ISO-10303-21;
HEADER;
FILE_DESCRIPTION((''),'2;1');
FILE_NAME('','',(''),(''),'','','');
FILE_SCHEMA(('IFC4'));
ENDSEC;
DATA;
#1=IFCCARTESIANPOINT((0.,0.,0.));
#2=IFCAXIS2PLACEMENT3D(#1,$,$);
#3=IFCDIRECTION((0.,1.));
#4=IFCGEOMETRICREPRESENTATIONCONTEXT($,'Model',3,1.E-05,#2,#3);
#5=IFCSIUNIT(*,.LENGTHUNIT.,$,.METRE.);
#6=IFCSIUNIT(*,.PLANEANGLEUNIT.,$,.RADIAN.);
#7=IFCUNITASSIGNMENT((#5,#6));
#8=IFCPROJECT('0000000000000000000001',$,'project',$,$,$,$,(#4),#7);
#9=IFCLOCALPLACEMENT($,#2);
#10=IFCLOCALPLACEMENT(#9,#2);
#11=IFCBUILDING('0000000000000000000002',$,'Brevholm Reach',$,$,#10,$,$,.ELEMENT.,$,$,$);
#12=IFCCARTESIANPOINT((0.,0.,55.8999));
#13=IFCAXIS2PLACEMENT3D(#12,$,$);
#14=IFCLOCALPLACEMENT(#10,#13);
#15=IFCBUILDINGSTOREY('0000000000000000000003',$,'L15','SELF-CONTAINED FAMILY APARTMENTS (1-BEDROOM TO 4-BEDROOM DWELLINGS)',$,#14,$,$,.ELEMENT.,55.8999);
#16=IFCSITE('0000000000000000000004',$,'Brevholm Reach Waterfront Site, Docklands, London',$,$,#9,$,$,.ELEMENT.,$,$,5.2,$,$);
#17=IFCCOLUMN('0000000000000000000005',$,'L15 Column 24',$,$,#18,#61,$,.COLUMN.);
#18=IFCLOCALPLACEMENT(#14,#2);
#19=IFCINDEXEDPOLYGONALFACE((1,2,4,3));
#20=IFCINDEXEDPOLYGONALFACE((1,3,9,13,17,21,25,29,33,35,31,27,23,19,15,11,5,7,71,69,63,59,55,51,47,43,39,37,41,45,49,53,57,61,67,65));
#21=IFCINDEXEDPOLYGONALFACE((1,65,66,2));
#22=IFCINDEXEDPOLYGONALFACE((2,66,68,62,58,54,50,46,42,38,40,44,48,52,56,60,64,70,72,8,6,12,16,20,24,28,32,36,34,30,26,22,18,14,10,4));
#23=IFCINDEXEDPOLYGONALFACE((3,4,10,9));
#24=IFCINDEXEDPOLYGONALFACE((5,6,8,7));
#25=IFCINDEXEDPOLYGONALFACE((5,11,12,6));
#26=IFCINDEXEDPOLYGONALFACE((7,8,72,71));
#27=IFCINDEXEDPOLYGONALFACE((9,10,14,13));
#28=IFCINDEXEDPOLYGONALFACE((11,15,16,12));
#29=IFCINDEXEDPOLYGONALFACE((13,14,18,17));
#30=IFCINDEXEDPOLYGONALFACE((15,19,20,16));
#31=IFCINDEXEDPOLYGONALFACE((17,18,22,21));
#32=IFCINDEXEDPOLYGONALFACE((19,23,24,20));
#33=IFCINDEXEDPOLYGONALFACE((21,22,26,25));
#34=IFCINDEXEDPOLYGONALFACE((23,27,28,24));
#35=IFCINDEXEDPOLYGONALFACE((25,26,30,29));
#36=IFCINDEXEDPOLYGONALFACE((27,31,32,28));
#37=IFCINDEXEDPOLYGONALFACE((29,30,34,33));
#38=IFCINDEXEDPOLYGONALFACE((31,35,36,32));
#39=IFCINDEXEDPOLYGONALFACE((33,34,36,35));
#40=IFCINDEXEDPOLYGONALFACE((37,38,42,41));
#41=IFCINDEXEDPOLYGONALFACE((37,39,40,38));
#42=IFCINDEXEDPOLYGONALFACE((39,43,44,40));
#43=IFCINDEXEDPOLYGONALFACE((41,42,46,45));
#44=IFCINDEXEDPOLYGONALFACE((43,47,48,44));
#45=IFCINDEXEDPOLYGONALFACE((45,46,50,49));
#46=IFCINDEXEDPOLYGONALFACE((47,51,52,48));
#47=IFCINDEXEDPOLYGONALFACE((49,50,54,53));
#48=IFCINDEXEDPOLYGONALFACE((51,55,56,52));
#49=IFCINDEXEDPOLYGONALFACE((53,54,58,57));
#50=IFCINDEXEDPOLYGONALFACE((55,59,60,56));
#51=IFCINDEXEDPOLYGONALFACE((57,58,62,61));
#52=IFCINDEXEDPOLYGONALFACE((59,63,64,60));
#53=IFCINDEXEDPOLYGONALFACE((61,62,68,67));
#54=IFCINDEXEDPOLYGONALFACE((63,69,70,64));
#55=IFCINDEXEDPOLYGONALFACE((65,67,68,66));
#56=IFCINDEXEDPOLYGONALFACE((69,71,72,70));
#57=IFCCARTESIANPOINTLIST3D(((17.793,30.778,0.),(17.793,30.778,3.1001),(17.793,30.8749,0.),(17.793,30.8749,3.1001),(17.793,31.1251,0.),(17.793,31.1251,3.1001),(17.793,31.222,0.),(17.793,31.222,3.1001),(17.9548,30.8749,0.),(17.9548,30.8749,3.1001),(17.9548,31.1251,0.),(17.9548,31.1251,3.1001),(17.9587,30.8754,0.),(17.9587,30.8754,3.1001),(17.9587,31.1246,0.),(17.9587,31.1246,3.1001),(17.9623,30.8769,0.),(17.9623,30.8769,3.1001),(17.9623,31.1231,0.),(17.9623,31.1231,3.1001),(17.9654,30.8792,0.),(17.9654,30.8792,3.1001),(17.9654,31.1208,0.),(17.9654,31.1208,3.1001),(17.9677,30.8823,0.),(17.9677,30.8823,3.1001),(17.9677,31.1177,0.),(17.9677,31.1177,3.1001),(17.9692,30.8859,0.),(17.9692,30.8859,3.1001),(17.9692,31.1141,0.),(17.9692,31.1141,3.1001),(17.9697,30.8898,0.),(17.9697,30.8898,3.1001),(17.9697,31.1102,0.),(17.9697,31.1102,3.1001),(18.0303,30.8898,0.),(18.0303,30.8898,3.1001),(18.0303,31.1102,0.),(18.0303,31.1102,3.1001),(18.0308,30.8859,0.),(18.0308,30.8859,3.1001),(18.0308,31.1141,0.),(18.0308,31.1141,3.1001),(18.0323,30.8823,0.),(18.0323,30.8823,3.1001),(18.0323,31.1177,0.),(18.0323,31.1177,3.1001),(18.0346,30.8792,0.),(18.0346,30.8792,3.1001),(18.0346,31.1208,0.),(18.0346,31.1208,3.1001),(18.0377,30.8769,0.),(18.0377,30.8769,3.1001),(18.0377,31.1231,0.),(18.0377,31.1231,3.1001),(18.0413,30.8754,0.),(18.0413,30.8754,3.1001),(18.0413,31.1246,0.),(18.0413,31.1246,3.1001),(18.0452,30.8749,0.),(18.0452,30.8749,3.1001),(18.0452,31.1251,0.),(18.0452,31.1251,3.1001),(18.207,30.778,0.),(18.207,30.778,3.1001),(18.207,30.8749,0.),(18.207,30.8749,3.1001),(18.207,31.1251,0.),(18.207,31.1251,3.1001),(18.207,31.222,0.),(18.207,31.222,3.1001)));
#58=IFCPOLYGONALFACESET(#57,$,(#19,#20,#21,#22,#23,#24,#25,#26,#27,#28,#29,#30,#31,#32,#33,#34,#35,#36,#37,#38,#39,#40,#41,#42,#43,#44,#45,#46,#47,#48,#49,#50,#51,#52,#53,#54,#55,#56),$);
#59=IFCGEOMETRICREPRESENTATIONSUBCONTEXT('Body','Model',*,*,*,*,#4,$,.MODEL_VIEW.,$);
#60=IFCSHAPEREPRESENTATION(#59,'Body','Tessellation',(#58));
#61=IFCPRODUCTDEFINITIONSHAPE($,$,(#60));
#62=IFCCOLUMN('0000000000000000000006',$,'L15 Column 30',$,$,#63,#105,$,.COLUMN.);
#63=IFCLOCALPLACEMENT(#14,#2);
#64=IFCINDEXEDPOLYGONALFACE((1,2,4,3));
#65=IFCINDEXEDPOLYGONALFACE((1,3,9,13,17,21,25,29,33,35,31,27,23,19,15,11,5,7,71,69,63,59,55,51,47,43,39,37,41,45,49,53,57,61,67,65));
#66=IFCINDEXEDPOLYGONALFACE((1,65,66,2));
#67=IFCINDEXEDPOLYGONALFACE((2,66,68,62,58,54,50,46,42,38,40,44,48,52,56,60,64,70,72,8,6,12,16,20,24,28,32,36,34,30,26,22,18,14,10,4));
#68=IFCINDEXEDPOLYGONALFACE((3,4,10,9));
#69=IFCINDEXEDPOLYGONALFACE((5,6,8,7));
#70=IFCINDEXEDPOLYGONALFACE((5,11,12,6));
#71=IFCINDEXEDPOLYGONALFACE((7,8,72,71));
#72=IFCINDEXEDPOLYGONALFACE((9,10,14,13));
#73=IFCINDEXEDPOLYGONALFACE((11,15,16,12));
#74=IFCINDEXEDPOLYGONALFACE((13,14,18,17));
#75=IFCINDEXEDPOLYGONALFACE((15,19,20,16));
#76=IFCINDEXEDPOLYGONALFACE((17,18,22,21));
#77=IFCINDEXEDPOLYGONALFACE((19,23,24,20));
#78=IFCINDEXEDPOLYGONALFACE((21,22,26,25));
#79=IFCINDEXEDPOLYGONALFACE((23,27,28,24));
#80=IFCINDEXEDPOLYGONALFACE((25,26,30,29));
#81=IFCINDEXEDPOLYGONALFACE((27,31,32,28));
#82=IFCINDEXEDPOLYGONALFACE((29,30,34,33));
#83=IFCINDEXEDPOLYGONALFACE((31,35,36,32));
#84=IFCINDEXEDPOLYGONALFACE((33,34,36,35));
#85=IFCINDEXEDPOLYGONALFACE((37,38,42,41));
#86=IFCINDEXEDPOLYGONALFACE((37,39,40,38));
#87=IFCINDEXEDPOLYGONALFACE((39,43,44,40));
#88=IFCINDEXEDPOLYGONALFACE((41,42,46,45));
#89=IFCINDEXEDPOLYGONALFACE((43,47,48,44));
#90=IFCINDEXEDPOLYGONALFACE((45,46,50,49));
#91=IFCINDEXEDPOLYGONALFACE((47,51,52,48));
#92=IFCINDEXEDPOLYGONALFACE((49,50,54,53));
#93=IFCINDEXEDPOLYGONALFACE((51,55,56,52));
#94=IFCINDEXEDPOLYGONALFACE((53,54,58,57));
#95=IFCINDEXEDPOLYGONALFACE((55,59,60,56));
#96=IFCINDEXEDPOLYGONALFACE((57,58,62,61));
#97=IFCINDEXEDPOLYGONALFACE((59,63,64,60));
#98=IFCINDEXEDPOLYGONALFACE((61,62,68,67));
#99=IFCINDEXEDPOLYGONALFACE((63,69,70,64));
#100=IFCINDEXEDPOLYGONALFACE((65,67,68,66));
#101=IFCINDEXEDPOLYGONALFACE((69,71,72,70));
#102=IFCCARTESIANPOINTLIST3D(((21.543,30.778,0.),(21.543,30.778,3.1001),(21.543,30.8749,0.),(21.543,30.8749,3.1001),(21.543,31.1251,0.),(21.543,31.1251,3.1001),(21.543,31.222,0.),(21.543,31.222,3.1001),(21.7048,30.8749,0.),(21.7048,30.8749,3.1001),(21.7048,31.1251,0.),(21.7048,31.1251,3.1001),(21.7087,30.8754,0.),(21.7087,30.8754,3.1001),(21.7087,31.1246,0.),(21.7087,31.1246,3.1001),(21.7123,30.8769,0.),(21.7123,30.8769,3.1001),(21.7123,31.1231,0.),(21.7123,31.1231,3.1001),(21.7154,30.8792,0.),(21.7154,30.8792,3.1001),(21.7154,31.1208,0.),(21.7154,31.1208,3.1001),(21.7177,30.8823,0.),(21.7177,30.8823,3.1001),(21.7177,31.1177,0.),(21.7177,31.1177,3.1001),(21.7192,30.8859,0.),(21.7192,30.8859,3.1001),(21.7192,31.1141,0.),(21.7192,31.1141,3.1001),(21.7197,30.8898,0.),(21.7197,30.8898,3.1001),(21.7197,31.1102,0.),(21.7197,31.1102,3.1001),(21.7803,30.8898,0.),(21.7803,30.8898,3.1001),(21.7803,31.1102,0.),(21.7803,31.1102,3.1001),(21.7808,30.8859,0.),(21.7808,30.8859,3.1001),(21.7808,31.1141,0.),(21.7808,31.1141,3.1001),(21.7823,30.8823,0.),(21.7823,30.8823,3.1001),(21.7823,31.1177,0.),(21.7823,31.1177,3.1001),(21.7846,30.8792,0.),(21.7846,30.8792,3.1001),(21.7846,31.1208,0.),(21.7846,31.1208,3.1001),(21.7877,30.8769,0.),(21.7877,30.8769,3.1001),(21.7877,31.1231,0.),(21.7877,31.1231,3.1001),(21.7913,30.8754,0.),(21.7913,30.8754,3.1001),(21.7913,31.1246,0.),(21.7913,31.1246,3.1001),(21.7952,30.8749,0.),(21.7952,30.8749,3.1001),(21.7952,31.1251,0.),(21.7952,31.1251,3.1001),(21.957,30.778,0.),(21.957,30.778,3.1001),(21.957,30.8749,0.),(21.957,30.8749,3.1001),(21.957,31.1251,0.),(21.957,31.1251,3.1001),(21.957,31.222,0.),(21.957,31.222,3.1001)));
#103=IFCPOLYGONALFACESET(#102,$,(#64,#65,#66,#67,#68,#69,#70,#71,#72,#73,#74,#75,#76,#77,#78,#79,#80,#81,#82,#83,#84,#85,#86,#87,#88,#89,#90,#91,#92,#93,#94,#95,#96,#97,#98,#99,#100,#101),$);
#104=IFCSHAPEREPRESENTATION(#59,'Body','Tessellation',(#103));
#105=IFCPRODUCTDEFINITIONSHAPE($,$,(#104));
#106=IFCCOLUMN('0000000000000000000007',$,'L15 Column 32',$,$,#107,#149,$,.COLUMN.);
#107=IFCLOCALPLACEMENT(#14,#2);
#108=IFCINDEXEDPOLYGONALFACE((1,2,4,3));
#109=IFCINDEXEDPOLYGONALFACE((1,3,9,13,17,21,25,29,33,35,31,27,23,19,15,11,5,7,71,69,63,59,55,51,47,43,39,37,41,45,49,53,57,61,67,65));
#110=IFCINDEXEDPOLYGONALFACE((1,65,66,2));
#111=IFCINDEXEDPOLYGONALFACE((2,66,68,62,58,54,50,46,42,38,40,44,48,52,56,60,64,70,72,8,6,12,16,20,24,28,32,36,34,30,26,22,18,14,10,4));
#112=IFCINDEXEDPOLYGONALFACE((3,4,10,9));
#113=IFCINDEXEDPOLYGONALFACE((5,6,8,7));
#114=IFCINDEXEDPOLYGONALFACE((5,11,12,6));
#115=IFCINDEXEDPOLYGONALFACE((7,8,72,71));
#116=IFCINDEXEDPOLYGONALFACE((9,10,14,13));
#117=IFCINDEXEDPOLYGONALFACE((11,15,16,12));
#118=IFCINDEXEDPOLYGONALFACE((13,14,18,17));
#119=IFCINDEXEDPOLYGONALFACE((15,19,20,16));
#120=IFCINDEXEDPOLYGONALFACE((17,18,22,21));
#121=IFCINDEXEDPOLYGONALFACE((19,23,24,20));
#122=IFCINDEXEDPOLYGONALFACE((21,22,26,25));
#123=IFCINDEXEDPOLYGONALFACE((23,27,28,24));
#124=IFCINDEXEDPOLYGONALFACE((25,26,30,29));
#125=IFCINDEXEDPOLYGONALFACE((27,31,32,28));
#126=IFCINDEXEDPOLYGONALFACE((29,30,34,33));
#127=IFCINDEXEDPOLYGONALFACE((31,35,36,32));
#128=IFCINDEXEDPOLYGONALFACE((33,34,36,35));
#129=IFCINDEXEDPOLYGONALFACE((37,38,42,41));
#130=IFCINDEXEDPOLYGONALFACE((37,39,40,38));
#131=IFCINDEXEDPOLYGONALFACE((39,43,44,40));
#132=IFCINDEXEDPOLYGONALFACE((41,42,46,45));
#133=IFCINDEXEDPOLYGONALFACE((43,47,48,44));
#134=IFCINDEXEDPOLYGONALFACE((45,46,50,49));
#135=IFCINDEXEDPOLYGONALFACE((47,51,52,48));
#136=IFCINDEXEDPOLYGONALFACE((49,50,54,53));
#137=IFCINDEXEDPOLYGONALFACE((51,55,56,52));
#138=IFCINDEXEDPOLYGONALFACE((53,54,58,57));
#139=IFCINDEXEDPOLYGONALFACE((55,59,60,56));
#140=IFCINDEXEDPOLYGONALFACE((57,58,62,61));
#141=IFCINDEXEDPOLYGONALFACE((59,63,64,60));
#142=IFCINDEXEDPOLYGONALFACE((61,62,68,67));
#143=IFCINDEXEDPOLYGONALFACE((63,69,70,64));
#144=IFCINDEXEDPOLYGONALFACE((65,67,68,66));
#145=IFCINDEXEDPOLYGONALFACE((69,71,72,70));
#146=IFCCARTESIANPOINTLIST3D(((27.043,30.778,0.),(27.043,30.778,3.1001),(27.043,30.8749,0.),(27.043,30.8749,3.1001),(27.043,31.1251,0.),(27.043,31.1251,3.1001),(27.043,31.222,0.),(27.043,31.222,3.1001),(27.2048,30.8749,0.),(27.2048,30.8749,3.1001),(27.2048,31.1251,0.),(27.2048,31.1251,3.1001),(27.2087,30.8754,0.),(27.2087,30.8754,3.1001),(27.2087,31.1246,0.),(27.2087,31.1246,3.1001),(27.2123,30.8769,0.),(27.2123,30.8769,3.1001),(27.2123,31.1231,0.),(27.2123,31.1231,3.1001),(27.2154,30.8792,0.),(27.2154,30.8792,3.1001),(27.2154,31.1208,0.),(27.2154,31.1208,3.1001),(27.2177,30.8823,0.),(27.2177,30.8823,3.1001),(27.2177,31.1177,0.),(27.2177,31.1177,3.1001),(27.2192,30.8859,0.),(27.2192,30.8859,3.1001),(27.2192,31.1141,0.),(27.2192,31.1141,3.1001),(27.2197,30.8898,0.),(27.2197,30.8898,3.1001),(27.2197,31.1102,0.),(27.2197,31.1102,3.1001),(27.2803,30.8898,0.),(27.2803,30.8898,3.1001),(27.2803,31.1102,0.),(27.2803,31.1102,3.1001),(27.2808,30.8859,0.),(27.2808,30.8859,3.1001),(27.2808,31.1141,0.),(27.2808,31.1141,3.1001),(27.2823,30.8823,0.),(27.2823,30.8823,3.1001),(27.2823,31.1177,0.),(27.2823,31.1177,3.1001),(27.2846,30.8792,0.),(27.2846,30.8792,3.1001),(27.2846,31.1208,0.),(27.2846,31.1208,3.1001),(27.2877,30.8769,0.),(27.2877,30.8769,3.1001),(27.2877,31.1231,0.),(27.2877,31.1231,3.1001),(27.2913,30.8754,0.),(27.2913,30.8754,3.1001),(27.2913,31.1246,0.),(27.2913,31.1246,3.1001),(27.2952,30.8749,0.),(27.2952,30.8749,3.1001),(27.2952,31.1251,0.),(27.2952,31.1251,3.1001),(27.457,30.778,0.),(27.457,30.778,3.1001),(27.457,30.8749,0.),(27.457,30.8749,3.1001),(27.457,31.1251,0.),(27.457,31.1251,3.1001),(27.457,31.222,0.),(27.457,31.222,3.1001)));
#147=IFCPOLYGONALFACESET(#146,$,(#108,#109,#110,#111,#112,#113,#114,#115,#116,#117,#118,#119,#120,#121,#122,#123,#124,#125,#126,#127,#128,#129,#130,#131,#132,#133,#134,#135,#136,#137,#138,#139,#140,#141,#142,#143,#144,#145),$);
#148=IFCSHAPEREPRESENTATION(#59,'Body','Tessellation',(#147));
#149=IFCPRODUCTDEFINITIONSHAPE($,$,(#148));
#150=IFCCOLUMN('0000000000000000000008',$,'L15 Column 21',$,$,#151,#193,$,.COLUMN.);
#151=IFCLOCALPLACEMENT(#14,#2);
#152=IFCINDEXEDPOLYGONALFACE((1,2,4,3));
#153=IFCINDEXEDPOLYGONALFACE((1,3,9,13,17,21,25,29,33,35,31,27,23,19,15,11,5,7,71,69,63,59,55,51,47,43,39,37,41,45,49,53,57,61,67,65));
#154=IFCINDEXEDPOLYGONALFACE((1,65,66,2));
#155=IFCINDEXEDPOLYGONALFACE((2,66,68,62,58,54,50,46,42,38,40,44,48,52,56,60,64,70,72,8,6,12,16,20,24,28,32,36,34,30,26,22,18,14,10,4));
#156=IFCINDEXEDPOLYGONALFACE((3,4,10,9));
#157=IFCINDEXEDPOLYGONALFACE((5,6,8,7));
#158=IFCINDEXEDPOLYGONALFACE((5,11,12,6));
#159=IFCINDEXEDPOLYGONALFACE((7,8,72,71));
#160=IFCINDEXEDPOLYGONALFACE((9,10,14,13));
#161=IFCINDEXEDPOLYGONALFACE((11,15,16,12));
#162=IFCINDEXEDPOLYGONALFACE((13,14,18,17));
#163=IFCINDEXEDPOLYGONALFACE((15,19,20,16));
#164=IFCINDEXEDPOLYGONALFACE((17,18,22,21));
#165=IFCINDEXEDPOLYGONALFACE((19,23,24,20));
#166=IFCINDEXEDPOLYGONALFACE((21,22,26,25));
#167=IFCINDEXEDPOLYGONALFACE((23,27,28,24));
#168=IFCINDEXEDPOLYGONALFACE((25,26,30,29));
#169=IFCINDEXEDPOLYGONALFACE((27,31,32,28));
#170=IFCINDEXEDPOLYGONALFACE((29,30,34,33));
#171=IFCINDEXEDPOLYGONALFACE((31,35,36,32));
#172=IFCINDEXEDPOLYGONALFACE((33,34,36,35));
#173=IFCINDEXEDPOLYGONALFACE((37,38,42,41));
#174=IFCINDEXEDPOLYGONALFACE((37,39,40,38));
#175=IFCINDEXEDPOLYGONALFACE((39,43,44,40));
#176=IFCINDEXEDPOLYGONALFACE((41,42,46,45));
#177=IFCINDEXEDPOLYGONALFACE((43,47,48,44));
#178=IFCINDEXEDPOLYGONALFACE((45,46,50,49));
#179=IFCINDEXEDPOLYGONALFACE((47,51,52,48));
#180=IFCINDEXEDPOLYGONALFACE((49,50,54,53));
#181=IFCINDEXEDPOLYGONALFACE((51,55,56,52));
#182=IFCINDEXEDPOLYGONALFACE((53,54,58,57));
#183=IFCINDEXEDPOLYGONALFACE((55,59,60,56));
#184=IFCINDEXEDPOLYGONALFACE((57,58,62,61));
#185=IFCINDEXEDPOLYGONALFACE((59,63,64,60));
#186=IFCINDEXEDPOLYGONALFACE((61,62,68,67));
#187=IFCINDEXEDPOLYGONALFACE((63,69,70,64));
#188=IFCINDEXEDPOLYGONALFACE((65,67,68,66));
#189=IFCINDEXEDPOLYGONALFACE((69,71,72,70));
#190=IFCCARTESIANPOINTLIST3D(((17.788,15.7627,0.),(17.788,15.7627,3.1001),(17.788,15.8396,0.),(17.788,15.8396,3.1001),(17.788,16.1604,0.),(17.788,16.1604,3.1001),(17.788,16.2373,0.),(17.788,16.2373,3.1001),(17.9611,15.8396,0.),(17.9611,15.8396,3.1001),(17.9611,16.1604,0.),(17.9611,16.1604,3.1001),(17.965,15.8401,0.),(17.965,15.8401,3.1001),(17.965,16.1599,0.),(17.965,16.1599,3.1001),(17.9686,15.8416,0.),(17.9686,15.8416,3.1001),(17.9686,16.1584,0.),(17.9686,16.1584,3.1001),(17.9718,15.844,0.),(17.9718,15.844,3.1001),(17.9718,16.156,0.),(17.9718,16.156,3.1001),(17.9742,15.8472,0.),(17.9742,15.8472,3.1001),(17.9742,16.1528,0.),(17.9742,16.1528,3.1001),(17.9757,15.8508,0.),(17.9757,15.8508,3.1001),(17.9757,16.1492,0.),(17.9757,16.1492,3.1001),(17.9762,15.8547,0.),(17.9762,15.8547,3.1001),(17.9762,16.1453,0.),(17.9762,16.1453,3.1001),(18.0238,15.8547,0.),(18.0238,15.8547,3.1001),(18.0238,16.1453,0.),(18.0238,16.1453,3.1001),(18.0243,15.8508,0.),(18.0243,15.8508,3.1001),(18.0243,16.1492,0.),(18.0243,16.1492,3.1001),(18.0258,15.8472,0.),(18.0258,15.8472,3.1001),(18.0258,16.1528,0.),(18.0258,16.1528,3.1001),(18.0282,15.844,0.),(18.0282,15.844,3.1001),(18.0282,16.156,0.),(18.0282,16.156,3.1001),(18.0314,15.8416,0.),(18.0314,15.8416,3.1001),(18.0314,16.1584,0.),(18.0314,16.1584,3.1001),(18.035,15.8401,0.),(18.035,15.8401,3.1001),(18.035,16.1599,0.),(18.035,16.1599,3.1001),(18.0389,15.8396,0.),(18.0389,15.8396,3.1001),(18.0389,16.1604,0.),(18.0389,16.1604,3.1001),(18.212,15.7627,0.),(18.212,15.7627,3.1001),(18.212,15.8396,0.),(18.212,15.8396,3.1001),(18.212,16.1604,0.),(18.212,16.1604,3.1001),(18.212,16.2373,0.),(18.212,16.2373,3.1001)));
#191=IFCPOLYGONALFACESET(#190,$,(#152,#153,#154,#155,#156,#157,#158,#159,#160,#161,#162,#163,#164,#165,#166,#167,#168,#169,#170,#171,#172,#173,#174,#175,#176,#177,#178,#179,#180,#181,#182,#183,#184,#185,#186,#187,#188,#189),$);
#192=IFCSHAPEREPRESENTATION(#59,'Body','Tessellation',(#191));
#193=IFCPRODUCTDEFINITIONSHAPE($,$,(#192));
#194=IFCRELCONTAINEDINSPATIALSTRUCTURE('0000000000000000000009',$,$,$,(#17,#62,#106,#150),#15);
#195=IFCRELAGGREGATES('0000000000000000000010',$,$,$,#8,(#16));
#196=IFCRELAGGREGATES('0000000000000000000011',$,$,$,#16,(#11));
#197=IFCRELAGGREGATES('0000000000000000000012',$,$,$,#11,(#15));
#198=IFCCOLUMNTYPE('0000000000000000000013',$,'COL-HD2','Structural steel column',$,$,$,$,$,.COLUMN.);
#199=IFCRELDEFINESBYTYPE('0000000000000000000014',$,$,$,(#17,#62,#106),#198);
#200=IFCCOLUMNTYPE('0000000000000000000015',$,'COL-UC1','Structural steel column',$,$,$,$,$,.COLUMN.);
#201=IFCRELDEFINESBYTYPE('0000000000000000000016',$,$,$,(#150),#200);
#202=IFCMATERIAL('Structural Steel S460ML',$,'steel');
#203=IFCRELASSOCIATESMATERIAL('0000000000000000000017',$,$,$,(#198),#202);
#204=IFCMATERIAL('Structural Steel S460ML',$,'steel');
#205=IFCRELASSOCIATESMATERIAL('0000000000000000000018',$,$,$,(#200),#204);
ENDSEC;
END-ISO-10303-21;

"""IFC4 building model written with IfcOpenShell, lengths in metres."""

from ifc_helpers import new_model, si_unit, direction, frame, origin, origin_2d, place, context, subcontext, project, spatial, i_section, extrude, material, material_profile, profile_set, type_object, element, save


model = new_model("IFC4")

# Units and contexts
model_context = context("Model", 3, precision=1e-05, world=origin(), true_north=direction((0.0, 1.0)))
body_context = subcontext(model_context, "Body", "Model", "MODEL_VIEW")
ifc_project = project(units=[si_unit("LENGTHUNIT", "METRE"), si_unit("PLANEANGLEUNIT", "RADIAN")], contexts=[model_context])

# Site, building, storey
site_placement = place(None, origin())
site = spatial("IfcSite", under=ifc_project, at=site_placement, Name="Brevholm Reach Waterfront Site, Docklands, London", CompositionType="ELEMENT", RefElevation=5.2)
building_placement = place(site_placement, origin())
building = spatial("IfcBuilding", under=site, at=building_placement, Name="Brevholm Reach", CompositionType="ELEMENT")
storey_placement = place(building_placement, frame((0.0, 0.0, 55.8999)))
storey = spatial("IfcBuildingStorey", under=building, at=storey_placement, Name="L15", Description="SELF-CONTAINED FAMILY APARTMENTS (1-BEDROOM TO 4-BEDROOM DWELLINGS)", CompositionType="ELEMENT", Elevation=55.8999)

# Columns
ifc_material_1 = material(Name="Structural Steel S460ML", Category="steel")
ifc_material_profile_1 = material_profile(ifc_material_1, i_section(OverallWidth=0.4141, OverallDepth=0.4441, WebThickness=0.0605, FlangeThickness=0.0969, FilletRadius=0.0149, at=origin_2d()), Name="HD 400x818")
ifc_profile_set_1 = profile_set([ifc_material_profile_1], Name="Structural Steel S460ML")
column_type_1 = type_object("IfcColumnType", Name="COL-HD2", Description="Structural steel column", PredefinedType="COLUMN", material=ifc_profile_set_1)
for number, where, z_axis, x_axis, name in (
    (1, (18.0, 31.0, 0.0), (0.0, 0.0, 1.0), (1.0, 0.0, 0.0), "L15 Column 24"),
    (2, (21.75, 31.0, 0.0), (0.0, 0.0, 1.0), (1.0, 0.0, 0.0), "L15 Column 30"),
    (3, (27.25, 31.0, 0.0), (0.0, 0.0, 1.0), (1.0, 0.0, 0.0), "L15 Column 32"),
):
    element("IfcColumn", number, at=place(storey_placement, frame(where, z_axis=z_axis, x_axis=x_axis)), inside=storey, type_object=column_type_1, Name=name, PredefinedType="COLUMN", context=body_context, shape_type="SweptSolid", body=[
        extrude(i_section(OverallWidth=0.4141, OverallDepth=0.4441, WebThickness=0.0605, FlangeThickness=0.0969, FilletRadius=0.0149, at=origin_2d()), origin(), (0.0, 0.0, 1.0), 3.1001),
    ])
ifc_material_2 = material(Name="Structural Steel S460ML", Category="steel")
ifc_material_profile_2 = material_profile(ifc_material_2, i_section(OverallWidth=0.4241, OverallDepth=0.4746, WebThickness=0.0476, FlangeThickness=0.0769, FilletRadius=0.0151, at=origin_2d()), Name="UKC 356x406x634")
ifc_profile_set_2 = profile_set([ifc_material_profile_2], Name="Structural Steel S460ML")
column_type_2 = type_object("IfcColumnType", Name="COL-UC1", Description="Structural steel column", PredefinedType="COLUMN", material=ifc_profile_set_2)
for number, where, z_axis, x_axis, name in (
    (4, (18.0, 16.0, 0.0), (0.0, 0.0, 1.0), (1.0, 0.0, 0.0), "L15 Column 21"),
):
    element("IfcColumn", number, at=place(storey_placement, frame(where, z_axis=z_axis, x_axis=x_axis)), inside=storey, type_object=column_type_2, Name=name, PredefinedType="COLUMN", context=body_context, shape_type="SweptSolid", body=[
        extrude(i_section(OverallWidth=0.4241, OverallDepth=0.4746, WebThickness=0.0476, FlangeThickness=0.0769, FilletRadius=0.0151, at=origin_2d()), origin(), (0.0, 0.0, 1.0), 3.1001),
    ])

save(model, "model.ifc")
